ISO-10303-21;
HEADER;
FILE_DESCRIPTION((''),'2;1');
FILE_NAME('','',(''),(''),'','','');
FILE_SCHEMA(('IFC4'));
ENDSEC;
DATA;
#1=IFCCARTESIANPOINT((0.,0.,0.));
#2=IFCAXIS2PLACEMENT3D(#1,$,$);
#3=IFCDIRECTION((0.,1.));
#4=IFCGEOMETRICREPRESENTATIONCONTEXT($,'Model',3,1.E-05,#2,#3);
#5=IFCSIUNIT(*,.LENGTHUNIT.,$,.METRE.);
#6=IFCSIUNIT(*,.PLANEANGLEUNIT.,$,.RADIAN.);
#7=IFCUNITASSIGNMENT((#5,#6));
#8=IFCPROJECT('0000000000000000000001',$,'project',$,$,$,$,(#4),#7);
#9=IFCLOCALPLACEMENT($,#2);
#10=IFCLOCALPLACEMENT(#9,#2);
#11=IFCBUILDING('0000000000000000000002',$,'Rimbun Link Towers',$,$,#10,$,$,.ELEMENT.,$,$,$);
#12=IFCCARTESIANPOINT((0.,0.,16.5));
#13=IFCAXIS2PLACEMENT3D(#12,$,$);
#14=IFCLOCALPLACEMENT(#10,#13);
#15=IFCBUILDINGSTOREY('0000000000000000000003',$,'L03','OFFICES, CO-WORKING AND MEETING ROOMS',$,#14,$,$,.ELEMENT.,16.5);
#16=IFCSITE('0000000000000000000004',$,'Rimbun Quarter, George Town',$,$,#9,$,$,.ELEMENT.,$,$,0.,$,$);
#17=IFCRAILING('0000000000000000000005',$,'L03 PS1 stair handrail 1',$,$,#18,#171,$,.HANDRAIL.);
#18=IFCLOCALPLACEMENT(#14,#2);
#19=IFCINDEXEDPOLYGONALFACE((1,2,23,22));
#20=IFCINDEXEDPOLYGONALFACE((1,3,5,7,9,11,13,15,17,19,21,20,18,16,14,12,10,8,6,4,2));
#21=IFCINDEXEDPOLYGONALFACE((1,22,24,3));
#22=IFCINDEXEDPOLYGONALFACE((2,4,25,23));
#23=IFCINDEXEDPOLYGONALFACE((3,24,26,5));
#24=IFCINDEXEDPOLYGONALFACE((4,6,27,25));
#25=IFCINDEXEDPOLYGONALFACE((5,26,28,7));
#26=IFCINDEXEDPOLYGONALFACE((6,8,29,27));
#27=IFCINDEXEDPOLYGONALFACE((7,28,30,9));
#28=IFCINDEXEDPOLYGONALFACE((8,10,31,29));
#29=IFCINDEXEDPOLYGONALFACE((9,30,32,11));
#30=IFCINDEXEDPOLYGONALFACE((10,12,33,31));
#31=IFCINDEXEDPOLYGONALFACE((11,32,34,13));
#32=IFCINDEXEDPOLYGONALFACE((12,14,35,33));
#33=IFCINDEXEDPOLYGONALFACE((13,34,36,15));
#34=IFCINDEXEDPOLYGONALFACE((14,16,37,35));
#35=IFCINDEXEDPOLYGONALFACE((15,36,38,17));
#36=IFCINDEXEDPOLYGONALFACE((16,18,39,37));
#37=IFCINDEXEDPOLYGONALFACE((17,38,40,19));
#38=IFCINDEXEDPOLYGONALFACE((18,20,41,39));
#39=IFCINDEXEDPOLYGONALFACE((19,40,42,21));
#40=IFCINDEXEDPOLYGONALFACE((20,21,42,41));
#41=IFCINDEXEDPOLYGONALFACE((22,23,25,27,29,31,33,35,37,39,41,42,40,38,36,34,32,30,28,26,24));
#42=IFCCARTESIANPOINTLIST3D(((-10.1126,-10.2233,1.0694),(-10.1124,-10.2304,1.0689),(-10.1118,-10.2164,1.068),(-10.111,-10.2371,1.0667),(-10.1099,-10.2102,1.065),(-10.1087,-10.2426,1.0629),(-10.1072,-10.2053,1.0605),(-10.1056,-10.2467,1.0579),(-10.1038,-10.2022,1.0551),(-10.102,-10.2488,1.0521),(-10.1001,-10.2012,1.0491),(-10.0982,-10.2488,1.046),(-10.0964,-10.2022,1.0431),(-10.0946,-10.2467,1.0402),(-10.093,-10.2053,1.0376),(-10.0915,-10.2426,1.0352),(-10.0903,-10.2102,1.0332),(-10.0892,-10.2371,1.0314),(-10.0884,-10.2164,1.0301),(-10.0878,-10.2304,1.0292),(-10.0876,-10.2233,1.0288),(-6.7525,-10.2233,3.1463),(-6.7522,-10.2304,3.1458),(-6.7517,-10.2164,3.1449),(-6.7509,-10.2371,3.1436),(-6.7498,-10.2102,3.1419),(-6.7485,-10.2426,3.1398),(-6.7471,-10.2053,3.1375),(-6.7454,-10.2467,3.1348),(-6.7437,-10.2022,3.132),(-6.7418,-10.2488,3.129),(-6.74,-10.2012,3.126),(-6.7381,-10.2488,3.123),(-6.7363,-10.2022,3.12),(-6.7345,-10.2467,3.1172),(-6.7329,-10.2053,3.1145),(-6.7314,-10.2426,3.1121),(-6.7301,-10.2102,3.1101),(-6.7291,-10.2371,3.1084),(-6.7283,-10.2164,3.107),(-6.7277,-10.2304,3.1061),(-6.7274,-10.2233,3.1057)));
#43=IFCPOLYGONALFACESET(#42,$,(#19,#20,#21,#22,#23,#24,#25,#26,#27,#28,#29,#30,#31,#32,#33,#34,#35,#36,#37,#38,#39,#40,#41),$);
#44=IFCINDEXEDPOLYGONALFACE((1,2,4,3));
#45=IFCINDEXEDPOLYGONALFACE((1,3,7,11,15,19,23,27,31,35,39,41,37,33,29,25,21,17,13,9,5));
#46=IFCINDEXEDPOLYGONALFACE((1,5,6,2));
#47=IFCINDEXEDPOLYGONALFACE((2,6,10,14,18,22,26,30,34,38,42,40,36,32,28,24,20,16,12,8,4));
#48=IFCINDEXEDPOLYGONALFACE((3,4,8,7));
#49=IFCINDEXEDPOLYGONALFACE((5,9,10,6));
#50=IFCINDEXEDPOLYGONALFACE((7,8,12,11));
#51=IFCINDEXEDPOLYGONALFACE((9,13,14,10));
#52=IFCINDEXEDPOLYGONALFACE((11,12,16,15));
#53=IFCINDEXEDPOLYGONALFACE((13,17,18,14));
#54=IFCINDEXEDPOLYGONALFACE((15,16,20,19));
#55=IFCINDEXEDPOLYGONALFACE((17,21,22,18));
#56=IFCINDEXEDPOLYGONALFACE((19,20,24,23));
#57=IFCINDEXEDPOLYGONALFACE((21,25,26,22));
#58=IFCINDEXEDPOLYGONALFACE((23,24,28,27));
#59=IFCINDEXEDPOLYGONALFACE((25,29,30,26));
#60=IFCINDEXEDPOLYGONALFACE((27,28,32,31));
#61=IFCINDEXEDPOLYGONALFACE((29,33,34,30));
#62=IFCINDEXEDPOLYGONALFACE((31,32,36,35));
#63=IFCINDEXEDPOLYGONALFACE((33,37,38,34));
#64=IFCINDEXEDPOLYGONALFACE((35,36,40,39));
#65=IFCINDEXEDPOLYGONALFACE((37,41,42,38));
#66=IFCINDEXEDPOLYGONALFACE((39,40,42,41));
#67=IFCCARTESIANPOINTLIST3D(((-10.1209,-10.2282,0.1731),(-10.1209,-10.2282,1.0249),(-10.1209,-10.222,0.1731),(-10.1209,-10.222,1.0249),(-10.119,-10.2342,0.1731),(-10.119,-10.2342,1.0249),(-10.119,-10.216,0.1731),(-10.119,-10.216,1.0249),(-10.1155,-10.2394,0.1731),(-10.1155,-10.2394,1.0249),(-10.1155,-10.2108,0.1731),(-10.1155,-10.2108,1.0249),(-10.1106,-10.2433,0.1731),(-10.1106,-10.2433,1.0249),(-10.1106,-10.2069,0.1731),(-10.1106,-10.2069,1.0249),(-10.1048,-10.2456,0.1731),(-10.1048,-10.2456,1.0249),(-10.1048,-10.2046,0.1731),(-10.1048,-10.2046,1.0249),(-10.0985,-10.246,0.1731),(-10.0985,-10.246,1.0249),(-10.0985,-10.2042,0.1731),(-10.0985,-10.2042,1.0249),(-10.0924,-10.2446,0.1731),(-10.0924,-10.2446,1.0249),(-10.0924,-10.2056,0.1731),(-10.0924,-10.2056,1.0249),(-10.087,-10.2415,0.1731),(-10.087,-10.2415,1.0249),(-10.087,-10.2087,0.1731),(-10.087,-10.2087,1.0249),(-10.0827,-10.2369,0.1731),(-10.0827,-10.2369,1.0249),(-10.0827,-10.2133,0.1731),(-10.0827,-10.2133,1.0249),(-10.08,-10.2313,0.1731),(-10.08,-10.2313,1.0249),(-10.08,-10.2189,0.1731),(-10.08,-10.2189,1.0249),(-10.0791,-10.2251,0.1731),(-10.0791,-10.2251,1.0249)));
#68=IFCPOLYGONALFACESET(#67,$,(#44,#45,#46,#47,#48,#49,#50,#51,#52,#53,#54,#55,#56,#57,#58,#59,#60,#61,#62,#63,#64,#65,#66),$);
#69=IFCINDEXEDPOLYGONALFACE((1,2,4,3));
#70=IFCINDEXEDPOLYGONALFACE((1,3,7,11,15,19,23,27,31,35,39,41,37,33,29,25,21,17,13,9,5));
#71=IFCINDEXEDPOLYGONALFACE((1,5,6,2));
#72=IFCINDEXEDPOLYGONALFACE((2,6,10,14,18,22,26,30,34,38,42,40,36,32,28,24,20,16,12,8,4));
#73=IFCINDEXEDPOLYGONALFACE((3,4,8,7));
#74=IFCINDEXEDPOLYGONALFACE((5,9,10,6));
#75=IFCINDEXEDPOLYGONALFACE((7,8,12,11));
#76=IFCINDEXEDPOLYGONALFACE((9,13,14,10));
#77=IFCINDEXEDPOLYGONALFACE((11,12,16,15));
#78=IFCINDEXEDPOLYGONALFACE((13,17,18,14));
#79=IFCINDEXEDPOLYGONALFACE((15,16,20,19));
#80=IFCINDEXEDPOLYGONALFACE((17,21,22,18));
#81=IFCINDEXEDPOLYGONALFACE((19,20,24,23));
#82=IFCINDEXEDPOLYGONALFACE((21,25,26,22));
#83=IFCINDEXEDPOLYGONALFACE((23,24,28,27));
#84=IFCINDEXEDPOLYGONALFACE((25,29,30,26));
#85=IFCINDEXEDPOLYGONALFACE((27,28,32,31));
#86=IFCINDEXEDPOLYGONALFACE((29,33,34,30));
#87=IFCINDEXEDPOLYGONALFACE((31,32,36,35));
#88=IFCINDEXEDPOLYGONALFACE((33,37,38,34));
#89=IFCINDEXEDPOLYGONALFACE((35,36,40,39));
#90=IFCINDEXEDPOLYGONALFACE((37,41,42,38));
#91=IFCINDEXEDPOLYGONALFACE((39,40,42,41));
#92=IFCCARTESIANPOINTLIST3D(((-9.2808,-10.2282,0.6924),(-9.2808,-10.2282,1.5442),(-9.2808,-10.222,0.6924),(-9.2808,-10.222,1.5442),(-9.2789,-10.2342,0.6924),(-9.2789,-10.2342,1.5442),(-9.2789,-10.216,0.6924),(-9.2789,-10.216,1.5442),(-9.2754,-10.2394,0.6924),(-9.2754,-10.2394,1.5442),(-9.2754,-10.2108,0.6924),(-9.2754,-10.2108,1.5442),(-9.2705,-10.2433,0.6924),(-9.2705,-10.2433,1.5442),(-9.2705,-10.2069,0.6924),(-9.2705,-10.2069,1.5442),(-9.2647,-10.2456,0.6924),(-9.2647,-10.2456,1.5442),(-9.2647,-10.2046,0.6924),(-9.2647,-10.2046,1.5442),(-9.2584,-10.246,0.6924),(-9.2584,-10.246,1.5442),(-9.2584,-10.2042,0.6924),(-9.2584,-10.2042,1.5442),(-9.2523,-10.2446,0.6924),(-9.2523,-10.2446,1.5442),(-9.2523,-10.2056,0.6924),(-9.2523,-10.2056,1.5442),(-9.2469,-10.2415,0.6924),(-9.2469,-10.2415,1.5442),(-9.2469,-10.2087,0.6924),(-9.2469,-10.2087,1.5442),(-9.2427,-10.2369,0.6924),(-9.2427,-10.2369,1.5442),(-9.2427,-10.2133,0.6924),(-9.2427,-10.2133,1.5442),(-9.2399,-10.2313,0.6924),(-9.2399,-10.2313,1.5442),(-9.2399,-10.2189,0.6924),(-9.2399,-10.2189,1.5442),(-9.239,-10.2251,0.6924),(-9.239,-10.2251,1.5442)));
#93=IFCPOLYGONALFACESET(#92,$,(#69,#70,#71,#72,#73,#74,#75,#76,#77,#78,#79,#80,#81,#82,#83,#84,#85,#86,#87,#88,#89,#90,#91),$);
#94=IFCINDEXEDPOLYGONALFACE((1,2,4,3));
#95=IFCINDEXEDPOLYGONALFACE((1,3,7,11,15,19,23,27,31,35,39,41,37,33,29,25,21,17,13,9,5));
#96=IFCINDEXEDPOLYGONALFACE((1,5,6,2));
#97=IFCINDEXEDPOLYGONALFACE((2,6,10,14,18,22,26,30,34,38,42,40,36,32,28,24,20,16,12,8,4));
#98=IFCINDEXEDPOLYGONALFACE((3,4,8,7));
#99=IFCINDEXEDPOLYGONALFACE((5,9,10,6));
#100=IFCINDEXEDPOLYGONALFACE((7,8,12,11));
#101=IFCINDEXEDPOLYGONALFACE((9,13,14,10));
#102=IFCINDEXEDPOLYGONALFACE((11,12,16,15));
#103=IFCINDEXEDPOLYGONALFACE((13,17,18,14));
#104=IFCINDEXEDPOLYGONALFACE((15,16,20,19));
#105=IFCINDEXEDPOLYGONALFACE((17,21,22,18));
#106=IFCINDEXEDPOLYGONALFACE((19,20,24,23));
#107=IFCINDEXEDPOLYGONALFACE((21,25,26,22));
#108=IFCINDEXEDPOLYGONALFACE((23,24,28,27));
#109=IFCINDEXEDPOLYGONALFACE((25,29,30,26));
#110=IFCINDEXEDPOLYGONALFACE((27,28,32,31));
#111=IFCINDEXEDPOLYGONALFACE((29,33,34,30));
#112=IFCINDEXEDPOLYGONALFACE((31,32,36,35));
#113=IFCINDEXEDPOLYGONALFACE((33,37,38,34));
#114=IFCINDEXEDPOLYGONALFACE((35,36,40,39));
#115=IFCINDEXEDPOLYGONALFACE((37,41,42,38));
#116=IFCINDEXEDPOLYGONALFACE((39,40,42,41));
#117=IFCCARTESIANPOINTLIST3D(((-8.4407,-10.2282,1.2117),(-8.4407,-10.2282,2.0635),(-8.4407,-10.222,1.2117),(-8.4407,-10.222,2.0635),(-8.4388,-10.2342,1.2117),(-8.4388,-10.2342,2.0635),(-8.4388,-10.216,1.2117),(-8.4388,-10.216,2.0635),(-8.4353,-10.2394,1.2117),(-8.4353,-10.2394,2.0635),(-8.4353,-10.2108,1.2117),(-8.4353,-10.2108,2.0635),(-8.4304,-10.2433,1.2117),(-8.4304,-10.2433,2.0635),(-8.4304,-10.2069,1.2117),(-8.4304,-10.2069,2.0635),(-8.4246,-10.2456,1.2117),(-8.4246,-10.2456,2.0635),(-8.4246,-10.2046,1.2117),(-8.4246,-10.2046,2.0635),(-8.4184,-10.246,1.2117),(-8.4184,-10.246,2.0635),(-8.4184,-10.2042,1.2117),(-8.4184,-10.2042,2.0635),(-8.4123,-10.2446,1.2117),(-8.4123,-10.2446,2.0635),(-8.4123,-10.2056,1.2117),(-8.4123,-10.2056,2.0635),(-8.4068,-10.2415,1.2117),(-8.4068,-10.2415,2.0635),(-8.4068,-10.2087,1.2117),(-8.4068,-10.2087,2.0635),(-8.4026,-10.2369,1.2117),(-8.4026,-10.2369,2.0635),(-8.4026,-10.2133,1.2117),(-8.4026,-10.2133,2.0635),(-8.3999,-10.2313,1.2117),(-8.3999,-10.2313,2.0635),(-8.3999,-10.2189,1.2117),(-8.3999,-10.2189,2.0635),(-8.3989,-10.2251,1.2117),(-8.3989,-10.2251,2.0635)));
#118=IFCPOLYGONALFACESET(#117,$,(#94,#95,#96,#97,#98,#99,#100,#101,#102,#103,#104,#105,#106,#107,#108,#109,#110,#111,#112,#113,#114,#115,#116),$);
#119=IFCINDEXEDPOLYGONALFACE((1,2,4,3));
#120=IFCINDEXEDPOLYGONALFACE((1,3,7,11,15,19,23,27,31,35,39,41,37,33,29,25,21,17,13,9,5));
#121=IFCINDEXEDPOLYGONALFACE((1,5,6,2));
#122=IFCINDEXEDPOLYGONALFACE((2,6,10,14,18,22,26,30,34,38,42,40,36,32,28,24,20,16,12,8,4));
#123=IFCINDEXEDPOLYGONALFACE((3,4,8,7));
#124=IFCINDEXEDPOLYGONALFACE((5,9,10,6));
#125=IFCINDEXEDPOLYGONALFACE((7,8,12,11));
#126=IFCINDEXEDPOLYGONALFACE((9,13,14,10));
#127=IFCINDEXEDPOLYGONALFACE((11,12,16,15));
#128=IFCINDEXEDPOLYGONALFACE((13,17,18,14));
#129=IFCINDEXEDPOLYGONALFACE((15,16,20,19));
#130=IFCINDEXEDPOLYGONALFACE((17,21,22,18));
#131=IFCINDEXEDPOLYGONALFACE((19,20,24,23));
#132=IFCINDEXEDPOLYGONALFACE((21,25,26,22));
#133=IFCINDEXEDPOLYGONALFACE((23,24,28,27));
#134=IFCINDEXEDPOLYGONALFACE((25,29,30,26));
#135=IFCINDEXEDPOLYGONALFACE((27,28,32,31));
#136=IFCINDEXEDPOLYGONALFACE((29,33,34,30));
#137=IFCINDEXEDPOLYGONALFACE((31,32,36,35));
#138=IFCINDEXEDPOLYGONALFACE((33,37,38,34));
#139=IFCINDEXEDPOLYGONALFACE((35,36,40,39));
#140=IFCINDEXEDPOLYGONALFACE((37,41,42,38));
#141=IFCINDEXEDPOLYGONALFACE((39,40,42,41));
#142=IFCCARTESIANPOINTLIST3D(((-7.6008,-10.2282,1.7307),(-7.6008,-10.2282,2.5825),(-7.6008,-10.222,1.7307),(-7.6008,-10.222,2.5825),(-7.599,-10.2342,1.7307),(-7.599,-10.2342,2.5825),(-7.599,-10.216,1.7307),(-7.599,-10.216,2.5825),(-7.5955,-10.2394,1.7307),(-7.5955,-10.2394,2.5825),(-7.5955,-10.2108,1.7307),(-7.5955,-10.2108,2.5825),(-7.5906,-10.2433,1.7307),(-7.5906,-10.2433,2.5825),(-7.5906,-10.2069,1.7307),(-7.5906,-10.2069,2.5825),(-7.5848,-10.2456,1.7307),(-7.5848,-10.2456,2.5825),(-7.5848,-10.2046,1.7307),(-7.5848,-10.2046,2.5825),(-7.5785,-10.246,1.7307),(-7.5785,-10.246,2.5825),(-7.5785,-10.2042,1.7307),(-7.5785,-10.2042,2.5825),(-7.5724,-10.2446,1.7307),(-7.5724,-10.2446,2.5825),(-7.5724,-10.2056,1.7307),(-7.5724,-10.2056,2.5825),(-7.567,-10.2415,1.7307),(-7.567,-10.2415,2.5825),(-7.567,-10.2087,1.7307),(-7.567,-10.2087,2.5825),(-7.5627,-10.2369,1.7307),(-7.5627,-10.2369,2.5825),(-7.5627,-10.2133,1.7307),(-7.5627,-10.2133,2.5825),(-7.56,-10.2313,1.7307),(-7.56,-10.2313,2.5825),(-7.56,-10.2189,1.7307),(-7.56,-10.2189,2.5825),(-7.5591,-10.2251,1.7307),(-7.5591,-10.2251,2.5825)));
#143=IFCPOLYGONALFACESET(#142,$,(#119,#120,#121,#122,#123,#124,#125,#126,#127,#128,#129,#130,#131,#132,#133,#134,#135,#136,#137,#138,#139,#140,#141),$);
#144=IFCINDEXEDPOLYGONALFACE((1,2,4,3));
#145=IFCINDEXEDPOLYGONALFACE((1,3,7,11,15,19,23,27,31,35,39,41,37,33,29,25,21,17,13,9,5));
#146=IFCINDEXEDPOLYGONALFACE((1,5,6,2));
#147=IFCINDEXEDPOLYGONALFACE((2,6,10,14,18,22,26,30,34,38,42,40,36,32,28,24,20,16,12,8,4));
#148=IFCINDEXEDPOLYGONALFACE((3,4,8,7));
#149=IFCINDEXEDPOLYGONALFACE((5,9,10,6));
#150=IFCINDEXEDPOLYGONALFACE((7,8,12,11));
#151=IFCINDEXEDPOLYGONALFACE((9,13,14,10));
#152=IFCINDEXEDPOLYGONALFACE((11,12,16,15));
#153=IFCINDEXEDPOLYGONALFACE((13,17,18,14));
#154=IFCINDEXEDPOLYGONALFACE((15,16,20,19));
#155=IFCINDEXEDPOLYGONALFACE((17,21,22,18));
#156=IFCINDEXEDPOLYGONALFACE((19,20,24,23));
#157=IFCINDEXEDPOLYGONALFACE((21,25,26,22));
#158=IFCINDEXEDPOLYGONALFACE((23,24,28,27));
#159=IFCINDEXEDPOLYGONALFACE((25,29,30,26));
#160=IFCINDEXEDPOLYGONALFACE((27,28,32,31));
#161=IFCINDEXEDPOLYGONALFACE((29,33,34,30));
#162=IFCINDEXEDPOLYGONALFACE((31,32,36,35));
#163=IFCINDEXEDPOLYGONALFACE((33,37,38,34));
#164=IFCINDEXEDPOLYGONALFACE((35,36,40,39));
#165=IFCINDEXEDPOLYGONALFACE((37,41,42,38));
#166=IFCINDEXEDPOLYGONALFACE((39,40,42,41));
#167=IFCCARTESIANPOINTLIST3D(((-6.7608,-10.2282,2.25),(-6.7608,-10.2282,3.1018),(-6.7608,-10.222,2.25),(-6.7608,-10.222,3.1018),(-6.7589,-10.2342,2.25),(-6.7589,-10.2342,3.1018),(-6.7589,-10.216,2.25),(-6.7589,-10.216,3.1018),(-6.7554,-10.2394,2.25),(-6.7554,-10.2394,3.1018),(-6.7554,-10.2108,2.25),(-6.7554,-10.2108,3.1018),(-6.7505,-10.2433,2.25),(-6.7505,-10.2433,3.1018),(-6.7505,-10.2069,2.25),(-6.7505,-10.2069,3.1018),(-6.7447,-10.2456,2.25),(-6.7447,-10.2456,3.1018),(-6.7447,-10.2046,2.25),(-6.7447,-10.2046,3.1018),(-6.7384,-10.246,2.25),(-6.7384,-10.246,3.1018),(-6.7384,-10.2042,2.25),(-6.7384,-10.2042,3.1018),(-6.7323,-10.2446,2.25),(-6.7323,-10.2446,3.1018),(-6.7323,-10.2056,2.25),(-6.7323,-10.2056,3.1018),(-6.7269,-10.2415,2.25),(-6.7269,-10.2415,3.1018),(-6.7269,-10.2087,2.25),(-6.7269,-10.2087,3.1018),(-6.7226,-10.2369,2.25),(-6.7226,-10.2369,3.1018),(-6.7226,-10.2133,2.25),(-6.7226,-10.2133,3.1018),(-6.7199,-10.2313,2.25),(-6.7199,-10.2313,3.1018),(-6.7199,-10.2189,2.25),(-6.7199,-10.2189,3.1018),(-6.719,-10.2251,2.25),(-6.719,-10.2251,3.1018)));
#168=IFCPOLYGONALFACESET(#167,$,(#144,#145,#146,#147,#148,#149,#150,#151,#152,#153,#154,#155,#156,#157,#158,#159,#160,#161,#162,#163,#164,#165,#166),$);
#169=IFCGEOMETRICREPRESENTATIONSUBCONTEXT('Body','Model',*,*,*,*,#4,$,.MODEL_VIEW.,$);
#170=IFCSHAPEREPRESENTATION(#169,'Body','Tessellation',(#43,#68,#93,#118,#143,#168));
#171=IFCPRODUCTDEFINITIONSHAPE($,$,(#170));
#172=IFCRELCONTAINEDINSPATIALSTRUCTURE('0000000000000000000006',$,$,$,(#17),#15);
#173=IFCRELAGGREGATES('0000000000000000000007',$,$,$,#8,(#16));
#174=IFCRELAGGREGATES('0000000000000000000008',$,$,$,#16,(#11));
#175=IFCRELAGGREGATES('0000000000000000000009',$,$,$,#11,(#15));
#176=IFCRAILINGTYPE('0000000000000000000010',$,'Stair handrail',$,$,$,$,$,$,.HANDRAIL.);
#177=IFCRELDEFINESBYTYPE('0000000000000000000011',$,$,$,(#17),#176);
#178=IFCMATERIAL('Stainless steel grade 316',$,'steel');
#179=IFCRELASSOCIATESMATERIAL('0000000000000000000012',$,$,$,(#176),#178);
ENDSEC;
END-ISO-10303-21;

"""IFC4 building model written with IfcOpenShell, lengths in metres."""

from ifc_helpers import new_model, si_unit, direction, frame, origin, origin_2d, place, context, subcontext, project, spatial, circle, extrude, material, type_object, element, save


model = new_model("IFC4")

# Units and contexts
model_context = context("Model", 3, precision=1e-05, world=origin(), true_north=direction((0.0, 1.0)))
body_context = subcontext(model_context, "Body", "Model", "MODEL_VIEW")
ifc_project = project(units=[si_unit("LENGTHUNIT", "METRE"), si_unit("PLANEANGLEUNIT", "RADIAN")], contexts=[model_context])

# Site, building, storey
site_placement = place(None, origin())
site = spatial("IfcSite", under=ifc_project, at=site_placement, Name="Rimbun Quarter, George Town", CompositionType="ELEMENT", RefElevation=0.0)
building_placement = place(site_placement, origin())
building = spatial("IfcBuilding", under=site, at=building_placement, Name="Rimbun Link Towers", CompositionType="ELEMENT")
storey_placement = place(building_placement, frame((0.0, 0.0, 16.5)))
storey = spatial("IfcBuildingStorey", under=building, at=storey_placement, Name="L03", Description="OFFICES, CO-WORKING AND MEETING ROOMS", CompositionType="ELEMENT", Elevation=16.5)

# Railing
ifc_material_1 = material(Name="Stainless steel grade 316", Category="steel")
railing_type_1 = type_object("IfcRailingType", Name="Stair handrail", PredefinedType="HANDRAIL", material=ifc_material_1)
railing_1_placement = place(storey_placement, frame((-10.1001, -10.2251, 0.1731)))
element("IfcRailing", 1, at=railing_1_placement, inside=storey, type_object=railing_type_1, Name="L03 PS1 stair handrail 1", PredefinedType="HANDRAIL", context=body_context, shape_type="SweptSolid", body=[
    extrude(circle(Radius=0.0239, at=origin_2d()), frame((0.0, 0.0, 0.876), z_axis=(0.850623, 0.0, 0.525776), x_axis=(0.0, 1.0, 0.0)), (0.0, 0.0, 1.0), 3.9502),
    extrude(circle(Radius=0.021, at=origin_2d()), origin(), (0.0, 0.0, 1.0), 0.8518),
    extrude(circle(Radius=0.021, at=origin_2d()), frame((0.8401, 0.0, 0.5193)), (0.0, 0.0, 1.0), 0.8518),
    extrude(circle(Radius=0.021, at=origin_2d()), frame((1.6802, 0.0, 1.0386)), (0.0, 0.0, 1.0), 0.8518),
    extrude(circle(Radius=0.021, at=origin_2d()), frame((2.52, 0.0, 1.5576)), (0.0, 0.0, 1.0), 0.8518),
    extrude(circle(Radius=0.021, at=origin_2d()), frame((3.3601, 0.0, 2.0769)), (0.0, 0.0, 1.0), 0.8518),
])

save(model, "model.ifc")
